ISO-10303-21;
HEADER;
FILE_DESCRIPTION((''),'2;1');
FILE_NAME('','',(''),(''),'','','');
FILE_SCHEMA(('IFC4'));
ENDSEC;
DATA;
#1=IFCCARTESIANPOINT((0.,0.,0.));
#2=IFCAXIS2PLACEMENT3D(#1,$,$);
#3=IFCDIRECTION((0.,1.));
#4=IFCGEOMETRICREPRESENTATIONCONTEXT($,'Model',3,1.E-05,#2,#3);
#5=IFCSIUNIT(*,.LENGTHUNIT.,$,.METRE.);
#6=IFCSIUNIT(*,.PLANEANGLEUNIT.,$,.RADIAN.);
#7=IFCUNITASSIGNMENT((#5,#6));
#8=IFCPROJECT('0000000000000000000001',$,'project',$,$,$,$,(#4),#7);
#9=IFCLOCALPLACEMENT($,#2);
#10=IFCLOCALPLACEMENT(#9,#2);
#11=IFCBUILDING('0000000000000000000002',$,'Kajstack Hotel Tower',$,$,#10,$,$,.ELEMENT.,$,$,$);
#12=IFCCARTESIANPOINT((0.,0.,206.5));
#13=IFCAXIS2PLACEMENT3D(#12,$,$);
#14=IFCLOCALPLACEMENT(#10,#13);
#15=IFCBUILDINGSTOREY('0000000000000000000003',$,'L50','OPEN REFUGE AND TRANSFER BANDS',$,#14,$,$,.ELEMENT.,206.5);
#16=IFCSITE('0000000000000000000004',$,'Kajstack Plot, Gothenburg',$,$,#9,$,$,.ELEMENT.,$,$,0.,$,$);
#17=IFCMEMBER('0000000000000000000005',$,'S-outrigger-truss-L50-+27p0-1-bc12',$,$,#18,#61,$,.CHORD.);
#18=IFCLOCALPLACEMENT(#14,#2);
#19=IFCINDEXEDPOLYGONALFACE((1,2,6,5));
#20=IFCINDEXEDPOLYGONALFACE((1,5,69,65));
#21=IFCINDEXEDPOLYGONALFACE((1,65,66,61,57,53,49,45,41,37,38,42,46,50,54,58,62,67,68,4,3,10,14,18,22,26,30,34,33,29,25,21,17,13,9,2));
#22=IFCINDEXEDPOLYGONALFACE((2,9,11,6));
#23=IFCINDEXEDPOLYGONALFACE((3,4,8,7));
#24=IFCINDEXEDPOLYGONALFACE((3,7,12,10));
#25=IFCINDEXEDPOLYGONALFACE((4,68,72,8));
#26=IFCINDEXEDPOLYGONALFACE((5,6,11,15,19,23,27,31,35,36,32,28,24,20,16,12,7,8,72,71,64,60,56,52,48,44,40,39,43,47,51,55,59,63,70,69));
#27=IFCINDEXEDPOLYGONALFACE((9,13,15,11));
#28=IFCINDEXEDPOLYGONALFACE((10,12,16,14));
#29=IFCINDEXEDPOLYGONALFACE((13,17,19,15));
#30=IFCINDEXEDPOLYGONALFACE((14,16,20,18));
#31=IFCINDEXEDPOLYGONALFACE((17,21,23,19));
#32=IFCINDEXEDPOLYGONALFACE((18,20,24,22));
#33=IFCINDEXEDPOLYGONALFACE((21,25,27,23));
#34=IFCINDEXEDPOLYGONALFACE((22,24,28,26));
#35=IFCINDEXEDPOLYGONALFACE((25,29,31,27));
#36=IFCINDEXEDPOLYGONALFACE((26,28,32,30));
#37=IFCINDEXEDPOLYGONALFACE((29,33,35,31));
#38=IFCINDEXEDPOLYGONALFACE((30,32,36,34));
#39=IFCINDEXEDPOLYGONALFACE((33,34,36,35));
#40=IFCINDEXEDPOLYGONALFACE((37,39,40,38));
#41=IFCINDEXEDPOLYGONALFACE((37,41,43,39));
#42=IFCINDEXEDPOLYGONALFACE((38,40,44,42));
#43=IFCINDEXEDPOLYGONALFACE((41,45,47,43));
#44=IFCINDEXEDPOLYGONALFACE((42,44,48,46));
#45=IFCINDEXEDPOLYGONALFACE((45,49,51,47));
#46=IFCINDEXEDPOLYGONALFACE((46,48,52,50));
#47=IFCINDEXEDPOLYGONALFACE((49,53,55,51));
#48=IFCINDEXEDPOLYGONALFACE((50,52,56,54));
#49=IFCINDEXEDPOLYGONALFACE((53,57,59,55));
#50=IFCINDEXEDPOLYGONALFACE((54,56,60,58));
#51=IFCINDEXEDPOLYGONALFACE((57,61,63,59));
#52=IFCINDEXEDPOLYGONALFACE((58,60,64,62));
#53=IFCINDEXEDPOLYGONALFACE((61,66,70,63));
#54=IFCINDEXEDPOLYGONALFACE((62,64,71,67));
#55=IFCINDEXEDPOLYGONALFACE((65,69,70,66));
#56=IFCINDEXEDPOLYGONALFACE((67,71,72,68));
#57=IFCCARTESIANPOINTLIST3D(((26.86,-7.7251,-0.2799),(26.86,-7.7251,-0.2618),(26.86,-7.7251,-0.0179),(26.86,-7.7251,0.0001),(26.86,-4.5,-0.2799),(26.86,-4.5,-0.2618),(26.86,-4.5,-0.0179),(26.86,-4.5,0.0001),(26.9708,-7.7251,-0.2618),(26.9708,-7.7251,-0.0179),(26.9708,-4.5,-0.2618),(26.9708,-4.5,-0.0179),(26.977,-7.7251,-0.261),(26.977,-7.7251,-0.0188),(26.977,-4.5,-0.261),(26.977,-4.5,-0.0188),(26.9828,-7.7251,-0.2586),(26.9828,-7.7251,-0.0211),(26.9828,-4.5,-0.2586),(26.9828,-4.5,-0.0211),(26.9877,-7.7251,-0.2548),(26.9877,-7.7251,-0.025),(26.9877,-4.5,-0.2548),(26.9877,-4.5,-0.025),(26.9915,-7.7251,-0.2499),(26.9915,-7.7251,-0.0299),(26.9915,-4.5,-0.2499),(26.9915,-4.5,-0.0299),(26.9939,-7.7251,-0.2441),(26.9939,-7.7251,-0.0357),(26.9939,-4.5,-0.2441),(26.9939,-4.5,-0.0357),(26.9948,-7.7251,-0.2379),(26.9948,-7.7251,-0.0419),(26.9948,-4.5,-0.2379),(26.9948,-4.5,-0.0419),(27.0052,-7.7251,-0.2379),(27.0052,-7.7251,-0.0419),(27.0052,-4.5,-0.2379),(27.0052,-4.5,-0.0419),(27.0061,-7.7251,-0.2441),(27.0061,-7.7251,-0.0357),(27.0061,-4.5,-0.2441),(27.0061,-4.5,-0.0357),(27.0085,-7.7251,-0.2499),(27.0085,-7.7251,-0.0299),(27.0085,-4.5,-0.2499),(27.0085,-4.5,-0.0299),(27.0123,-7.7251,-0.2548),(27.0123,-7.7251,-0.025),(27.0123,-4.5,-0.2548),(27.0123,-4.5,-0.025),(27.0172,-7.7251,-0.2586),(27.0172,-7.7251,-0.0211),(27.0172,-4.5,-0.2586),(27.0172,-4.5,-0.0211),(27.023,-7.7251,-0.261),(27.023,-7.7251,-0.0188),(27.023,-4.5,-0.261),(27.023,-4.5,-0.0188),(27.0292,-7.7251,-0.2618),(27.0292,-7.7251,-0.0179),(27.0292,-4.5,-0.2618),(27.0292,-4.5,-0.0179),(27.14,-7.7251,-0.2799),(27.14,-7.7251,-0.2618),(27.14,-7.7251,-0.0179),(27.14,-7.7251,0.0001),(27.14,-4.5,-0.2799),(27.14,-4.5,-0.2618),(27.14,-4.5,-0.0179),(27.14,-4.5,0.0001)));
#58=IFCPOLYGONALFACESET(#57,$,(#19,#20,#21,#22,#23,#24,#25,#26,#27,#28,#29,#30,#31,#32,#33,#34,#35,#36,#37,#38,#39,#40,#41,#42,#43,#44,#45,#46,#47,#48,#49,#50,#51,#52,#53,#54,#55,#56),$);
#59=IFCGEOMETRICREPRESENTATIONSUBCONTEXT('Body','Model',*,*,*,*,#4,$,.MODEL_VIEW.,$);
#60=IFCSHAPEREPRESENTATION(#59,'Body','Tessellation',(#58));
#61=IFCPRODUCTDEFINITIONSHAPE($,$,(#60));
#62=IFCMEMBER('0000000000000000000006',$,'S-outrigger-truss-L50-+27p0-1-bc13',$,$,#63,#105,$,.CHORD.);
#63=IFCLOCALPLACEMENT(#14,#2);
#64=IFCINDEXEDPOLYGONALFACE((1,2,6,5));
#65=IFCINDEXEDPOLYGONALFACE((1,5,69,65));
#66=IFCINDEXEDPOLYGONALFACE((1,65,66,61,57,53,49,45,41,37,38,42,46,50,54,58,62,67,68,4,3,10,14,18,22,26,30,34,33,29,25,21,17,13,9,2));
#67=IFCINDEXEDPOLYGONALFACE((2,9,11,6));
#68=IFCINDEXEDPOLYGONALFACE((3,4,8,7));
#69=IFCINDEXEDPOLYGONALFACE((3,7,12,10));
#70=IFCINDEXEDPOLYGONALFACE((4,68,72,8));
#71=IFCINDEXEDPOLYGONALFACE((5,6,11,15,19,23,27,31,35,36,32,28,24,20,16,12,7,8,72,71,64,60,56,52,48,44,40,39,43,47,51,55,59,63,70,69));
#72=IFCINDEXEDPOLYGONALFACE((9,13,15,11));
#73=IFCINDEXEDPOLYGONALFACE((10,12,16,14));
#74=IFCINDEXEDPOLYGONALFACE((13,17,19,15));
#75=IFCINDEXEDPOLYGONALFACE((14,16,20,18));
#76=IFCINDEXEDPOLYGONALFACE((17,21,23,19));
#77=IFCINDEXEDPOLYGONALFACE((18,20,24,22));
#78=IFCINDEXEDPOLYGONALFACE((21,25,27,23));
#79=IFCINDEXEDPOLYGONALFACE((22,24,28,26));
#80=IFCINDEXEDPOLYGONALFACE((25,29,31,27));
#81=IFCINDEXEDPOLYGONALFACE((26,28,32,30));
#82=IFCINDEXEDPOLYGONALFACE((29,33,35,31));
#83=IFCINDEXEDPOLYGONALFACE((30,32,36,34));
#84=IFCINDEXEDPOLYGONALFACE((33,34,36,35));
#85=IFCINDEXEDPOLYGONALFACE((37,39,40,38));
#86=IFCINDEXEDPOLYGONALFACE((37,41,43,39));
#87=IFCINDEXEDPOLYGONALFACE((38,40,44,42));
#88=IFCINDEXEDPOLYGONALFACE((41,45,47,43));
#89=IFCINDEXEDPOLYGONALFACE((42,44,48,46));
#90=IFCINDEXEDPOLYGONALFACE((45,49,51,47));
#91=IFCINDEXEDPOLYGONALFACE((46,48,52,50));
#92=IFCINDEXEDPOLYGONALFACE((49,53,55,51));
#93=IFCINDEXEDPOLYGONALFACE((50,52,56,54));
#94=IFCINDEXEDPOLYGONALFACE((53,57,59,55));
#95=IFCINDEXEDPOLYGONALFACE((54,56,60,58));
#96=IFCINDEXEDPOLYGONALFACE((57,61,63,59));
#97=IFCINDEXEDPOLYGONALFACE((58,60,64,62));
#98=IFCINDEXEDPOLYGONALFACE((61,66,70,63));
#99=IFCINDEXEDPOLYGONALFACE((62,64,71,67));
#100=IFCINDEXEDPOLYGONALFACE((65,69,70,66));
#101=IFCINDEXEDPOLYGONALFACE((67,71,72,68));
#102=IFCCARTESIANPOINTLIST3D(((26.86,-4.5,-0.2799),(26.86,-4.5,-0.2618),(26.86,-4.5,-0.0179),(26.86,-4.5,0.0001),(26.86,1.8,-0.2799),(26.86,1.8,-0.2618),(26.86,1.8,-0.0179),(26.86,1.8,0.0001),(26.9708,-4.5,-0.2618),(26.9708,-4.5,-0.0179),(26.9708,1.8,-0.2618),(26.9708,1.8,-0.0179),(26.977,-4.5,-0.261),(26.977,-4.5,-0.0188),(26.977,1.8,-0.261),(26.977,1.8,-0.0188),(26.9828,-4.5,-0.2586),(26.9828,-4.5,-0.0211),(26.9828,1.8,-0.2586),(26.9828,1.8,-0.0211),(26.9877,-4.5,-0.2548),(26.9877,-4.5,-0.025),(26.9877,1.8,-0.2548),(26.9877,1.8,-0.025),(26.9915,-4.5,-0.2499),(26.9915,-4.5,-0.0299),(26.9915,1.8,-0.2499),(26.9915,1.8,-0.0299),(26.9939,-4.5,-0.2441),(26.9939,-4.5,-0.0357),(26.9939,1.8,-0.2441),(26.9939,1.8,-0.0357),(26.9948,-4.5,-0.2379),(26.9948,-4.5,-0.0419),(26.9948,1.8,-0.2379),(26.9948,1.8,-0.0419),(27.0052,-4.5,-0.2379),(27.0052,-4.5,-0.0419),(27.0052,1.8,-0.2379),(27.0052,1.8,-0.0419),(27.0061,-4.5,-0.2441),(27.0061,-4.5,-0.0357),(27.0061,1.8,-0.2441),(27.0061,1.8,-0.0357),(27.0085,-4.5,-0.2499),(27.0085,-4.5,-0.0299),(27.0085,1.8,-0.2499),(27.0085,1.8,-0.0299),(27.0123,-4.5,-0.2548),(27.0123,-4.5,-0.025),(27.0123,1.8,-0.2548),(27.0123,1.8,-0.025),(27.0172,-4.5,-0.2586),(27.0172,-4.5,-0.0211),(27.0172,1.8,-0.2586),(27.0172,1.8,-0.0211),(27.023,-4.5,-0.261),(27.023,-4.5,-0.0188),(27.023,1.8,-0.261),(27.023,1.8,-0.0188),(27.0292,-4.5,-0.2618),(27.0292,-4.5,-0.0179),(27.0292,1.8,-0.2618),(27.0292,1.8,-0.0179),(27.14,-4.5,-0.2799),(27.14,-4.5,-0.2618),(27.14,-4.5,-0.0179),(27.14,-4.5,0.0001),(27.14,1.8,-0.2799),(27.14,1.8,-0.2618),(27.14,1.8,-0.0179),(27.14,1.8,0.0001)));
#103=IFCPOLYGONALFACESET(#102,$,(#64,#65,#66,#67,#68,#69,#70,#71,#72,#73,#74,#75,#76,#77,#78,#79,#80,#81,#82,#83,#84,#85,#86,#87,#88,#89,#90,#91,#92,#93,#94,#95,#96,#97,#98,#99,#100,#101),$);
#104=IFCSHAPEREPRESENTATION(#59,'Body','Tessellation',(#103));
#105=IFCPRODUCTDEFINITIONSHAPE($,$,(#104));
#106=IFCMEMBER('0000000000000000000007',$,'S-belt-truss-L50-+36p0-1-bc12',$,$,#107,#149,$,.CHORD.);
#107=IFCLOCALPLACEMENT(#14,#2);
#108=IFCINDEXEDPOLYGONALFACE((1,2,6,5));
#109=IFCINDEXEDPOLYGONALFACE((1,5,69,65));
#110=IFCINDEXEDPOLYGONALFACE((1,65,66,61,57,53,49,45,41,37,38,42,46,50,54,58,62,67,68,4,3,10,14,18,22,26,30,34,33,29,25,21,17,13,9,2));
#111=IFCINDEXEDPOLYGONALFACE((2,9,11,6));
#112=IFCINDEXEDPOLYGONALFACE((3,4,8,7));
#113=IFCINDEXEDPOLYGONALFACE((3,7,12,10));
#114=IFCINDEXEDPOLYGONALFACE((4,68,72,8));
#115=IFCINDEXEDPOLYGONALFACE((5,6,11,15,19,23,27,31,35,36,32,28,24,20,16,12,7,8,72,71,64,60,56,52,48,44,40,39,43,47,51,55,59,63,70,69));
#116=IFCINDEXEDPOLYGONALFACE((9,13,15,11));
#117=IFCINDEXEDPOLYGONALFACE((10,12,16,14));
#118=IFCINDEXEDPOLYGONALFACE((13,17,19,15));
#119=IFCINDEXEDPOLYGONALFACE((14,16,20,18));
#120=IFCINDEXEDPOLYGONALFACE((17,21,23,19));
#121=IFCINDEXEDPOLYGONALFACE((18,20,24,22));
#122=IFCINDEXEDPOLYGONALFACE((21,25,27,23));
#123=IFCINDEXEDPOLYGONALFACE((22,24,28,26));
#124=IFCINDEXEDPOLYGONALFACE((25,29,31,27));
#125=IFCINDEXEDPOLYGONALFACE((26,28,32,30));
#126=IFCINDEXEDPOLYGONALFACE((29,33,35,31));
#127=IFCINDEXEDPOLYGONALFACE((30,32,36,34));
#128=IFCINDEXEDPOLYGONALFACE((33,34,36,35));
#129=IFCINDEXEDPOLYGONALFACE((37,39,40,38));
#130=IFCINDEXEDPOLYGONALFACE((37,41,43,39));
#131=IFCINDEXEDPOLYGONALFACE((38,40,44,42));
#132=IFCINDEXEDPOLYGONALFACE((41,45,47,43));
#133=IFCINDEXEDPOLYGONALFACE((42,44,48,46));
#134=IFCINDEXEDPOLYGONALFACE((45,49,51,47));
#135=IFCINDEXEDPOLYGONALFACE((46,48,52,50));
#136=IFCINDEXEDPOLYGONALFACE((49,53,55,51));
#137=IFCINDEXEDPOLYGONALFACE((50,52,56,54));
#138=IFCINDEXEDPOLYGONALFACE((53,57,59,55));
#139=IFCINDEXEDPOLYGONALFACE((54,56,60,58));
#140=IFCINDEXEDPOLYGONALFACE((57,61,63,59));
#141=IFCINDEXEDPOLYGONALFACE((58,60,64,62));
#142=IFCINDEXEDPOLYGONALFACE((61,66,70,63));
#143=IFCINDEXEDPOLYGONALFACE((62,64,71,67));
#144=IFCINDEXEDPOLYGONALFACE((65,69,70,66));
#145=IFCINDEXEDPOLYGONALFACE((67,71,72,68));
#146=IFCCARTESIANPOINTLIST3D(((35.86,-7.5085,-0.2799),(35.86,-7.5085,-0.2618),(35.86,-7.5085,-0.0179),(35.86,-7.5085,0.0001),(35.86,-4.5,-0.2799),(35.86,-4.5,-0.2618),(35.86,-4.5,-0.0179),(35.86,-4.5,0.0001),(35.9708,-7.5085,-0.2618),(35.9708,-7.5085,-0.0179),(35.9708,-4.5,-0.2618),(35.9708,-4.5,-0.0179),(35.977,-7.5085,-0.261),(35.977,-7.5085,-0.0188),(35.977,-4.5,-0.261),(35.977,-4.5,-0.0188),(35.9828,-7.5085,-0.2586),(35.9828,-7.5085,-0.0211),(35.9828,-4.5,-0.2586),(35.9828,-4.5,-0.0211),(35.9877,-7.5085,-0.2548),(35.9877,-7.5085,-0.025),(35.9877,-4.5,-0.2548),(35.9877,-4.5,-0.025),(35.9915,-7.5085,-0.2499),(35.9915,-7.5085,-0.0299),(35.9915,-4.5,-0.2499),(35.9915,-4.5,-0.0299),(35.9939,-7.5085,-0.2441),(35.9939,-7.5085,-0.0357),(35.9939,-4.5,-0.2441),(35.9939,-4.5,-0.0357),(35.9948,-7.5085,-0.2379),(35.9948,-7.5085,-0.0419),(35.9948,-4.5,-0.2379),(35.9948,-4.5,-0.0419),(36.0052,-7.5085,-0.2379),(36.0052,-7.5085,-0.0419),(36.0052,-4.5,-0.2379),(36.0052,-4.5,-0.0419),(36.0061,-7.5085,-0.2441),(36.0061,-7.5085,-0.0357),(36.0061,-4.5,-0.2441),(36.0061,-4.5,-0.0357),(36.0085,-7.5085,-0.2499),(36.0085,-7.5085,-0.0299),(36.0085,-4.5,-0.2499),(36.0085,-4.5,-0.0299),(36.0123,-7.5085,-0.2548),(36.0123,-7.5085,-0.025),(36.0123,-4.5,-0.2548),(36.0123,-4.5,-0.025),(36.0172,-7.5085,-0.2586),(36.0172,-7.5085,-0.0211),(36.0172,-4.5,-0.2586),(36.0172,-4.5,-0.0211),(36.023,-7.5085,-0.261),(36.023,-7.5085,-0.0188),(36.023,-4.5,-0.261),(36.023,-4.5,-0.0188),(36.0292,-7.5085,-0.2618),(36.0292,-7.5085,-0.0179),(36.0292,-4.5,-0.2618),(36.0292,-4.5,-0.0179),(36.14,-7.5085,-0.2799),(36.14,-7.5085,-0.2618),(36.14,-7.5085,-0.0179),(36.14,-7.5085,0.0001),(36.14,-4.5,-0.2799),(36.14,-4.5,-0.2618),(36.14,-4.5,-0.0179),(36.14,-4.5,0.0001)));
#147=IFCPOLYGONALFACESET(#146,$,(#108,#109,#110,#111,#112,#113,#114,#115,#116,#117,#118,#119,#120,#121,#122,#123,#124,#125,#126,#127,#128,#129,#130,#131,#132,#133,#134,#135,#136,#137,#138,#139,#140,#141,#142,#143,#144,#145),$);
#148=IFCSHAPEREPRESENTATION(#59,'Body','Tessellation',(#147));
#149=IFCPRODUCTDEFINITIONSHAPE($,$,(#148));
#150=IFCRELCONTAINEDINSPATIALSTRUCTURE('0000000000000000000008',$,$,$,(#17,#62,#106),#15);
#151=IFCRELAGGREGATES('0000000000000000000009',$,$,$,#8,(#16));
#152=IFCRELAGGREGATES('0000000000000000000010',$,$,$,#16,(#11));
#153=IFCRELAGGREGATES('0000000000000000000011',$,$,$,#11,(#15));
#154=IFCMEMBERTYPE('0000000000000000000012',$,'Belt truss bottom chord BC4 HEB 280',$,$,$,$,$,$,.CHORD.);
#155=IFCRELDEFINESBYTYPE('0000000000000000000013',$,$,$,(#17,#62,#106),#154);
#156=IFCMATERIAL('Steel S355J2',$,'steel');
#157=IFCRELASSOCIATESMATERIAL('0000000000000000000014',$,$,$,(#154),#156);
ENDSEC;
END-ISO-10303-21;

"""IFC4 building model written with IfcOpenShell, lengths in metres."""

from ifc_helpers import new_model, si_unit, direction, frame, origin, origin_2d, place, context, subcontext, project, spatial, i_section, extrude, material, material_profile, profile_set, type_object, element, save


model = new_model("IFC4")

# Units and contexts
model_context = context("Model", 3, precision=1e-05, world=origin(), true_north=direction((0.0, 1.0)))
body_context = subcontext(model_context, "Body", "Model", "MODEL_VIEW")
ifc_project = project(units=[si_unit("LENGTHUNIT", "METRE"), si_unit("PLANEANGLEUNIT", "RADIAN")], contexts=[model_context])

# Site, building, storey
site_placement = place(None, origin())
site = spatial("IfcSite", under=ifc_project, at=site_placement, Name="Kajstack Plot, Gothenburg", CompositionType="ELEMENT", RefElevation=0.0)
building_placement = place(site_placement, origin())
building = spatial("IfcBuilding", under=site, at=building_placement, Name="Kajstack Hotel Tower", CompositionType="ELEMENT")
storey_placement = place(building_placement, frame((0.0, 0.0, 206.5)))
storey = spatial("IfcBuildingStorey", under=building, at=storey_placement, Name="L50", Description="OPEN REFUGE AND TRANSFER BANDS", CompositionType="ELEMENT", Elevation=206.5)

# Members
ifc_material = material(Name="Steel S355J2", Category="steel")
ifc_material_profile_1 = material_profile(ifc_material, i_section(OverallWidth=0.28, OverallDepth=0.28, WebThickness=0.0105, FlangeThickness=0.0181, FilletRadius=0.0239, at=origin_2d()), Name="HEB 280")
ifc_profile_set_1 = profile_set([ifc_material_profile_1], Name="Steel S355J2")
member_type_1 = type_object("IfcMemberType", Name="Belt truss bottom chord BC4 HEB 280", PredefinedType="CHORD", material=ifc_profile_set_1)
member_1_placement = place(storey_placement, frame((27.0, -7.7251, -0.1399), z_axis=(0.0, 1.0, 0.0), x_axis=(-1.0, 0.0, 0.0)))
element("IfcMember", 1, at=member_1_placement, inside=storey, type_object=member_type_1, Name="S-outrigger-truss-L50-+27p0-1-bc12", PredefinedType="CHORD", context=body_context, shape_type="SweptSolid", body=[
    extrude(i_section(OverallWidth=0.28, OverallDepth=0.28, WebThickness=0.0105, FlangeThickness=0.0181, FilletRadius=0.0239, at=origin_2d()), origin(), (0.0, 0.0, 1.0), 3.2251),
])
member_2_placement = place(storey_placement, frame((27.0, -4.5, -0.1399), z_axis=(0.0, 1.0, 0.0), x_axis=(-1.0, 0.0, 0.0)))
element("IfcMember", 2, at=member_2_placement, inside=storey, type_object=member_type_1, Name="S-outrigger-truss-L50-+27p0-1-bc13", PredefinedType="CHORD", context=body_context, shape_type="SweptSolid", body=[
    extrude(i_section(OverallWidth=0.28, OverallDepth=0.28, WebThickness=0.0105, FlangeThickness=0.0181, FilletRadius=0.0239, at=origin_2d()), origin(), (0.0, 0.0, 1.0), 6.3),
])
member_3_placement = place(storey_placement, frame((36.0, -7.5085, -0.1399), z_axis=(0.0, 1.0, 0.0), x_axis=(-1.0, 0.0, 0.0)))
element("IfcMember", 3, at=member_3_placement, inside=storey, type_object=member_type_1, Name="S-belt-truss-L50-+36p0-1-bc12", PredefinedType="CHORD", context=body_context, shape_type="SweptSolid", body=[
    extrude(i_section(OverallWidth=0.28, OverallDepth=0.28, WebThickness=0.0105, FlangeThickness=0.0181, FilletRadius=0.0239, at=origin_2d()), origin(), (0.0, 0.0, 1.0), 3.0085),
])

save(model, "model.ifc")
